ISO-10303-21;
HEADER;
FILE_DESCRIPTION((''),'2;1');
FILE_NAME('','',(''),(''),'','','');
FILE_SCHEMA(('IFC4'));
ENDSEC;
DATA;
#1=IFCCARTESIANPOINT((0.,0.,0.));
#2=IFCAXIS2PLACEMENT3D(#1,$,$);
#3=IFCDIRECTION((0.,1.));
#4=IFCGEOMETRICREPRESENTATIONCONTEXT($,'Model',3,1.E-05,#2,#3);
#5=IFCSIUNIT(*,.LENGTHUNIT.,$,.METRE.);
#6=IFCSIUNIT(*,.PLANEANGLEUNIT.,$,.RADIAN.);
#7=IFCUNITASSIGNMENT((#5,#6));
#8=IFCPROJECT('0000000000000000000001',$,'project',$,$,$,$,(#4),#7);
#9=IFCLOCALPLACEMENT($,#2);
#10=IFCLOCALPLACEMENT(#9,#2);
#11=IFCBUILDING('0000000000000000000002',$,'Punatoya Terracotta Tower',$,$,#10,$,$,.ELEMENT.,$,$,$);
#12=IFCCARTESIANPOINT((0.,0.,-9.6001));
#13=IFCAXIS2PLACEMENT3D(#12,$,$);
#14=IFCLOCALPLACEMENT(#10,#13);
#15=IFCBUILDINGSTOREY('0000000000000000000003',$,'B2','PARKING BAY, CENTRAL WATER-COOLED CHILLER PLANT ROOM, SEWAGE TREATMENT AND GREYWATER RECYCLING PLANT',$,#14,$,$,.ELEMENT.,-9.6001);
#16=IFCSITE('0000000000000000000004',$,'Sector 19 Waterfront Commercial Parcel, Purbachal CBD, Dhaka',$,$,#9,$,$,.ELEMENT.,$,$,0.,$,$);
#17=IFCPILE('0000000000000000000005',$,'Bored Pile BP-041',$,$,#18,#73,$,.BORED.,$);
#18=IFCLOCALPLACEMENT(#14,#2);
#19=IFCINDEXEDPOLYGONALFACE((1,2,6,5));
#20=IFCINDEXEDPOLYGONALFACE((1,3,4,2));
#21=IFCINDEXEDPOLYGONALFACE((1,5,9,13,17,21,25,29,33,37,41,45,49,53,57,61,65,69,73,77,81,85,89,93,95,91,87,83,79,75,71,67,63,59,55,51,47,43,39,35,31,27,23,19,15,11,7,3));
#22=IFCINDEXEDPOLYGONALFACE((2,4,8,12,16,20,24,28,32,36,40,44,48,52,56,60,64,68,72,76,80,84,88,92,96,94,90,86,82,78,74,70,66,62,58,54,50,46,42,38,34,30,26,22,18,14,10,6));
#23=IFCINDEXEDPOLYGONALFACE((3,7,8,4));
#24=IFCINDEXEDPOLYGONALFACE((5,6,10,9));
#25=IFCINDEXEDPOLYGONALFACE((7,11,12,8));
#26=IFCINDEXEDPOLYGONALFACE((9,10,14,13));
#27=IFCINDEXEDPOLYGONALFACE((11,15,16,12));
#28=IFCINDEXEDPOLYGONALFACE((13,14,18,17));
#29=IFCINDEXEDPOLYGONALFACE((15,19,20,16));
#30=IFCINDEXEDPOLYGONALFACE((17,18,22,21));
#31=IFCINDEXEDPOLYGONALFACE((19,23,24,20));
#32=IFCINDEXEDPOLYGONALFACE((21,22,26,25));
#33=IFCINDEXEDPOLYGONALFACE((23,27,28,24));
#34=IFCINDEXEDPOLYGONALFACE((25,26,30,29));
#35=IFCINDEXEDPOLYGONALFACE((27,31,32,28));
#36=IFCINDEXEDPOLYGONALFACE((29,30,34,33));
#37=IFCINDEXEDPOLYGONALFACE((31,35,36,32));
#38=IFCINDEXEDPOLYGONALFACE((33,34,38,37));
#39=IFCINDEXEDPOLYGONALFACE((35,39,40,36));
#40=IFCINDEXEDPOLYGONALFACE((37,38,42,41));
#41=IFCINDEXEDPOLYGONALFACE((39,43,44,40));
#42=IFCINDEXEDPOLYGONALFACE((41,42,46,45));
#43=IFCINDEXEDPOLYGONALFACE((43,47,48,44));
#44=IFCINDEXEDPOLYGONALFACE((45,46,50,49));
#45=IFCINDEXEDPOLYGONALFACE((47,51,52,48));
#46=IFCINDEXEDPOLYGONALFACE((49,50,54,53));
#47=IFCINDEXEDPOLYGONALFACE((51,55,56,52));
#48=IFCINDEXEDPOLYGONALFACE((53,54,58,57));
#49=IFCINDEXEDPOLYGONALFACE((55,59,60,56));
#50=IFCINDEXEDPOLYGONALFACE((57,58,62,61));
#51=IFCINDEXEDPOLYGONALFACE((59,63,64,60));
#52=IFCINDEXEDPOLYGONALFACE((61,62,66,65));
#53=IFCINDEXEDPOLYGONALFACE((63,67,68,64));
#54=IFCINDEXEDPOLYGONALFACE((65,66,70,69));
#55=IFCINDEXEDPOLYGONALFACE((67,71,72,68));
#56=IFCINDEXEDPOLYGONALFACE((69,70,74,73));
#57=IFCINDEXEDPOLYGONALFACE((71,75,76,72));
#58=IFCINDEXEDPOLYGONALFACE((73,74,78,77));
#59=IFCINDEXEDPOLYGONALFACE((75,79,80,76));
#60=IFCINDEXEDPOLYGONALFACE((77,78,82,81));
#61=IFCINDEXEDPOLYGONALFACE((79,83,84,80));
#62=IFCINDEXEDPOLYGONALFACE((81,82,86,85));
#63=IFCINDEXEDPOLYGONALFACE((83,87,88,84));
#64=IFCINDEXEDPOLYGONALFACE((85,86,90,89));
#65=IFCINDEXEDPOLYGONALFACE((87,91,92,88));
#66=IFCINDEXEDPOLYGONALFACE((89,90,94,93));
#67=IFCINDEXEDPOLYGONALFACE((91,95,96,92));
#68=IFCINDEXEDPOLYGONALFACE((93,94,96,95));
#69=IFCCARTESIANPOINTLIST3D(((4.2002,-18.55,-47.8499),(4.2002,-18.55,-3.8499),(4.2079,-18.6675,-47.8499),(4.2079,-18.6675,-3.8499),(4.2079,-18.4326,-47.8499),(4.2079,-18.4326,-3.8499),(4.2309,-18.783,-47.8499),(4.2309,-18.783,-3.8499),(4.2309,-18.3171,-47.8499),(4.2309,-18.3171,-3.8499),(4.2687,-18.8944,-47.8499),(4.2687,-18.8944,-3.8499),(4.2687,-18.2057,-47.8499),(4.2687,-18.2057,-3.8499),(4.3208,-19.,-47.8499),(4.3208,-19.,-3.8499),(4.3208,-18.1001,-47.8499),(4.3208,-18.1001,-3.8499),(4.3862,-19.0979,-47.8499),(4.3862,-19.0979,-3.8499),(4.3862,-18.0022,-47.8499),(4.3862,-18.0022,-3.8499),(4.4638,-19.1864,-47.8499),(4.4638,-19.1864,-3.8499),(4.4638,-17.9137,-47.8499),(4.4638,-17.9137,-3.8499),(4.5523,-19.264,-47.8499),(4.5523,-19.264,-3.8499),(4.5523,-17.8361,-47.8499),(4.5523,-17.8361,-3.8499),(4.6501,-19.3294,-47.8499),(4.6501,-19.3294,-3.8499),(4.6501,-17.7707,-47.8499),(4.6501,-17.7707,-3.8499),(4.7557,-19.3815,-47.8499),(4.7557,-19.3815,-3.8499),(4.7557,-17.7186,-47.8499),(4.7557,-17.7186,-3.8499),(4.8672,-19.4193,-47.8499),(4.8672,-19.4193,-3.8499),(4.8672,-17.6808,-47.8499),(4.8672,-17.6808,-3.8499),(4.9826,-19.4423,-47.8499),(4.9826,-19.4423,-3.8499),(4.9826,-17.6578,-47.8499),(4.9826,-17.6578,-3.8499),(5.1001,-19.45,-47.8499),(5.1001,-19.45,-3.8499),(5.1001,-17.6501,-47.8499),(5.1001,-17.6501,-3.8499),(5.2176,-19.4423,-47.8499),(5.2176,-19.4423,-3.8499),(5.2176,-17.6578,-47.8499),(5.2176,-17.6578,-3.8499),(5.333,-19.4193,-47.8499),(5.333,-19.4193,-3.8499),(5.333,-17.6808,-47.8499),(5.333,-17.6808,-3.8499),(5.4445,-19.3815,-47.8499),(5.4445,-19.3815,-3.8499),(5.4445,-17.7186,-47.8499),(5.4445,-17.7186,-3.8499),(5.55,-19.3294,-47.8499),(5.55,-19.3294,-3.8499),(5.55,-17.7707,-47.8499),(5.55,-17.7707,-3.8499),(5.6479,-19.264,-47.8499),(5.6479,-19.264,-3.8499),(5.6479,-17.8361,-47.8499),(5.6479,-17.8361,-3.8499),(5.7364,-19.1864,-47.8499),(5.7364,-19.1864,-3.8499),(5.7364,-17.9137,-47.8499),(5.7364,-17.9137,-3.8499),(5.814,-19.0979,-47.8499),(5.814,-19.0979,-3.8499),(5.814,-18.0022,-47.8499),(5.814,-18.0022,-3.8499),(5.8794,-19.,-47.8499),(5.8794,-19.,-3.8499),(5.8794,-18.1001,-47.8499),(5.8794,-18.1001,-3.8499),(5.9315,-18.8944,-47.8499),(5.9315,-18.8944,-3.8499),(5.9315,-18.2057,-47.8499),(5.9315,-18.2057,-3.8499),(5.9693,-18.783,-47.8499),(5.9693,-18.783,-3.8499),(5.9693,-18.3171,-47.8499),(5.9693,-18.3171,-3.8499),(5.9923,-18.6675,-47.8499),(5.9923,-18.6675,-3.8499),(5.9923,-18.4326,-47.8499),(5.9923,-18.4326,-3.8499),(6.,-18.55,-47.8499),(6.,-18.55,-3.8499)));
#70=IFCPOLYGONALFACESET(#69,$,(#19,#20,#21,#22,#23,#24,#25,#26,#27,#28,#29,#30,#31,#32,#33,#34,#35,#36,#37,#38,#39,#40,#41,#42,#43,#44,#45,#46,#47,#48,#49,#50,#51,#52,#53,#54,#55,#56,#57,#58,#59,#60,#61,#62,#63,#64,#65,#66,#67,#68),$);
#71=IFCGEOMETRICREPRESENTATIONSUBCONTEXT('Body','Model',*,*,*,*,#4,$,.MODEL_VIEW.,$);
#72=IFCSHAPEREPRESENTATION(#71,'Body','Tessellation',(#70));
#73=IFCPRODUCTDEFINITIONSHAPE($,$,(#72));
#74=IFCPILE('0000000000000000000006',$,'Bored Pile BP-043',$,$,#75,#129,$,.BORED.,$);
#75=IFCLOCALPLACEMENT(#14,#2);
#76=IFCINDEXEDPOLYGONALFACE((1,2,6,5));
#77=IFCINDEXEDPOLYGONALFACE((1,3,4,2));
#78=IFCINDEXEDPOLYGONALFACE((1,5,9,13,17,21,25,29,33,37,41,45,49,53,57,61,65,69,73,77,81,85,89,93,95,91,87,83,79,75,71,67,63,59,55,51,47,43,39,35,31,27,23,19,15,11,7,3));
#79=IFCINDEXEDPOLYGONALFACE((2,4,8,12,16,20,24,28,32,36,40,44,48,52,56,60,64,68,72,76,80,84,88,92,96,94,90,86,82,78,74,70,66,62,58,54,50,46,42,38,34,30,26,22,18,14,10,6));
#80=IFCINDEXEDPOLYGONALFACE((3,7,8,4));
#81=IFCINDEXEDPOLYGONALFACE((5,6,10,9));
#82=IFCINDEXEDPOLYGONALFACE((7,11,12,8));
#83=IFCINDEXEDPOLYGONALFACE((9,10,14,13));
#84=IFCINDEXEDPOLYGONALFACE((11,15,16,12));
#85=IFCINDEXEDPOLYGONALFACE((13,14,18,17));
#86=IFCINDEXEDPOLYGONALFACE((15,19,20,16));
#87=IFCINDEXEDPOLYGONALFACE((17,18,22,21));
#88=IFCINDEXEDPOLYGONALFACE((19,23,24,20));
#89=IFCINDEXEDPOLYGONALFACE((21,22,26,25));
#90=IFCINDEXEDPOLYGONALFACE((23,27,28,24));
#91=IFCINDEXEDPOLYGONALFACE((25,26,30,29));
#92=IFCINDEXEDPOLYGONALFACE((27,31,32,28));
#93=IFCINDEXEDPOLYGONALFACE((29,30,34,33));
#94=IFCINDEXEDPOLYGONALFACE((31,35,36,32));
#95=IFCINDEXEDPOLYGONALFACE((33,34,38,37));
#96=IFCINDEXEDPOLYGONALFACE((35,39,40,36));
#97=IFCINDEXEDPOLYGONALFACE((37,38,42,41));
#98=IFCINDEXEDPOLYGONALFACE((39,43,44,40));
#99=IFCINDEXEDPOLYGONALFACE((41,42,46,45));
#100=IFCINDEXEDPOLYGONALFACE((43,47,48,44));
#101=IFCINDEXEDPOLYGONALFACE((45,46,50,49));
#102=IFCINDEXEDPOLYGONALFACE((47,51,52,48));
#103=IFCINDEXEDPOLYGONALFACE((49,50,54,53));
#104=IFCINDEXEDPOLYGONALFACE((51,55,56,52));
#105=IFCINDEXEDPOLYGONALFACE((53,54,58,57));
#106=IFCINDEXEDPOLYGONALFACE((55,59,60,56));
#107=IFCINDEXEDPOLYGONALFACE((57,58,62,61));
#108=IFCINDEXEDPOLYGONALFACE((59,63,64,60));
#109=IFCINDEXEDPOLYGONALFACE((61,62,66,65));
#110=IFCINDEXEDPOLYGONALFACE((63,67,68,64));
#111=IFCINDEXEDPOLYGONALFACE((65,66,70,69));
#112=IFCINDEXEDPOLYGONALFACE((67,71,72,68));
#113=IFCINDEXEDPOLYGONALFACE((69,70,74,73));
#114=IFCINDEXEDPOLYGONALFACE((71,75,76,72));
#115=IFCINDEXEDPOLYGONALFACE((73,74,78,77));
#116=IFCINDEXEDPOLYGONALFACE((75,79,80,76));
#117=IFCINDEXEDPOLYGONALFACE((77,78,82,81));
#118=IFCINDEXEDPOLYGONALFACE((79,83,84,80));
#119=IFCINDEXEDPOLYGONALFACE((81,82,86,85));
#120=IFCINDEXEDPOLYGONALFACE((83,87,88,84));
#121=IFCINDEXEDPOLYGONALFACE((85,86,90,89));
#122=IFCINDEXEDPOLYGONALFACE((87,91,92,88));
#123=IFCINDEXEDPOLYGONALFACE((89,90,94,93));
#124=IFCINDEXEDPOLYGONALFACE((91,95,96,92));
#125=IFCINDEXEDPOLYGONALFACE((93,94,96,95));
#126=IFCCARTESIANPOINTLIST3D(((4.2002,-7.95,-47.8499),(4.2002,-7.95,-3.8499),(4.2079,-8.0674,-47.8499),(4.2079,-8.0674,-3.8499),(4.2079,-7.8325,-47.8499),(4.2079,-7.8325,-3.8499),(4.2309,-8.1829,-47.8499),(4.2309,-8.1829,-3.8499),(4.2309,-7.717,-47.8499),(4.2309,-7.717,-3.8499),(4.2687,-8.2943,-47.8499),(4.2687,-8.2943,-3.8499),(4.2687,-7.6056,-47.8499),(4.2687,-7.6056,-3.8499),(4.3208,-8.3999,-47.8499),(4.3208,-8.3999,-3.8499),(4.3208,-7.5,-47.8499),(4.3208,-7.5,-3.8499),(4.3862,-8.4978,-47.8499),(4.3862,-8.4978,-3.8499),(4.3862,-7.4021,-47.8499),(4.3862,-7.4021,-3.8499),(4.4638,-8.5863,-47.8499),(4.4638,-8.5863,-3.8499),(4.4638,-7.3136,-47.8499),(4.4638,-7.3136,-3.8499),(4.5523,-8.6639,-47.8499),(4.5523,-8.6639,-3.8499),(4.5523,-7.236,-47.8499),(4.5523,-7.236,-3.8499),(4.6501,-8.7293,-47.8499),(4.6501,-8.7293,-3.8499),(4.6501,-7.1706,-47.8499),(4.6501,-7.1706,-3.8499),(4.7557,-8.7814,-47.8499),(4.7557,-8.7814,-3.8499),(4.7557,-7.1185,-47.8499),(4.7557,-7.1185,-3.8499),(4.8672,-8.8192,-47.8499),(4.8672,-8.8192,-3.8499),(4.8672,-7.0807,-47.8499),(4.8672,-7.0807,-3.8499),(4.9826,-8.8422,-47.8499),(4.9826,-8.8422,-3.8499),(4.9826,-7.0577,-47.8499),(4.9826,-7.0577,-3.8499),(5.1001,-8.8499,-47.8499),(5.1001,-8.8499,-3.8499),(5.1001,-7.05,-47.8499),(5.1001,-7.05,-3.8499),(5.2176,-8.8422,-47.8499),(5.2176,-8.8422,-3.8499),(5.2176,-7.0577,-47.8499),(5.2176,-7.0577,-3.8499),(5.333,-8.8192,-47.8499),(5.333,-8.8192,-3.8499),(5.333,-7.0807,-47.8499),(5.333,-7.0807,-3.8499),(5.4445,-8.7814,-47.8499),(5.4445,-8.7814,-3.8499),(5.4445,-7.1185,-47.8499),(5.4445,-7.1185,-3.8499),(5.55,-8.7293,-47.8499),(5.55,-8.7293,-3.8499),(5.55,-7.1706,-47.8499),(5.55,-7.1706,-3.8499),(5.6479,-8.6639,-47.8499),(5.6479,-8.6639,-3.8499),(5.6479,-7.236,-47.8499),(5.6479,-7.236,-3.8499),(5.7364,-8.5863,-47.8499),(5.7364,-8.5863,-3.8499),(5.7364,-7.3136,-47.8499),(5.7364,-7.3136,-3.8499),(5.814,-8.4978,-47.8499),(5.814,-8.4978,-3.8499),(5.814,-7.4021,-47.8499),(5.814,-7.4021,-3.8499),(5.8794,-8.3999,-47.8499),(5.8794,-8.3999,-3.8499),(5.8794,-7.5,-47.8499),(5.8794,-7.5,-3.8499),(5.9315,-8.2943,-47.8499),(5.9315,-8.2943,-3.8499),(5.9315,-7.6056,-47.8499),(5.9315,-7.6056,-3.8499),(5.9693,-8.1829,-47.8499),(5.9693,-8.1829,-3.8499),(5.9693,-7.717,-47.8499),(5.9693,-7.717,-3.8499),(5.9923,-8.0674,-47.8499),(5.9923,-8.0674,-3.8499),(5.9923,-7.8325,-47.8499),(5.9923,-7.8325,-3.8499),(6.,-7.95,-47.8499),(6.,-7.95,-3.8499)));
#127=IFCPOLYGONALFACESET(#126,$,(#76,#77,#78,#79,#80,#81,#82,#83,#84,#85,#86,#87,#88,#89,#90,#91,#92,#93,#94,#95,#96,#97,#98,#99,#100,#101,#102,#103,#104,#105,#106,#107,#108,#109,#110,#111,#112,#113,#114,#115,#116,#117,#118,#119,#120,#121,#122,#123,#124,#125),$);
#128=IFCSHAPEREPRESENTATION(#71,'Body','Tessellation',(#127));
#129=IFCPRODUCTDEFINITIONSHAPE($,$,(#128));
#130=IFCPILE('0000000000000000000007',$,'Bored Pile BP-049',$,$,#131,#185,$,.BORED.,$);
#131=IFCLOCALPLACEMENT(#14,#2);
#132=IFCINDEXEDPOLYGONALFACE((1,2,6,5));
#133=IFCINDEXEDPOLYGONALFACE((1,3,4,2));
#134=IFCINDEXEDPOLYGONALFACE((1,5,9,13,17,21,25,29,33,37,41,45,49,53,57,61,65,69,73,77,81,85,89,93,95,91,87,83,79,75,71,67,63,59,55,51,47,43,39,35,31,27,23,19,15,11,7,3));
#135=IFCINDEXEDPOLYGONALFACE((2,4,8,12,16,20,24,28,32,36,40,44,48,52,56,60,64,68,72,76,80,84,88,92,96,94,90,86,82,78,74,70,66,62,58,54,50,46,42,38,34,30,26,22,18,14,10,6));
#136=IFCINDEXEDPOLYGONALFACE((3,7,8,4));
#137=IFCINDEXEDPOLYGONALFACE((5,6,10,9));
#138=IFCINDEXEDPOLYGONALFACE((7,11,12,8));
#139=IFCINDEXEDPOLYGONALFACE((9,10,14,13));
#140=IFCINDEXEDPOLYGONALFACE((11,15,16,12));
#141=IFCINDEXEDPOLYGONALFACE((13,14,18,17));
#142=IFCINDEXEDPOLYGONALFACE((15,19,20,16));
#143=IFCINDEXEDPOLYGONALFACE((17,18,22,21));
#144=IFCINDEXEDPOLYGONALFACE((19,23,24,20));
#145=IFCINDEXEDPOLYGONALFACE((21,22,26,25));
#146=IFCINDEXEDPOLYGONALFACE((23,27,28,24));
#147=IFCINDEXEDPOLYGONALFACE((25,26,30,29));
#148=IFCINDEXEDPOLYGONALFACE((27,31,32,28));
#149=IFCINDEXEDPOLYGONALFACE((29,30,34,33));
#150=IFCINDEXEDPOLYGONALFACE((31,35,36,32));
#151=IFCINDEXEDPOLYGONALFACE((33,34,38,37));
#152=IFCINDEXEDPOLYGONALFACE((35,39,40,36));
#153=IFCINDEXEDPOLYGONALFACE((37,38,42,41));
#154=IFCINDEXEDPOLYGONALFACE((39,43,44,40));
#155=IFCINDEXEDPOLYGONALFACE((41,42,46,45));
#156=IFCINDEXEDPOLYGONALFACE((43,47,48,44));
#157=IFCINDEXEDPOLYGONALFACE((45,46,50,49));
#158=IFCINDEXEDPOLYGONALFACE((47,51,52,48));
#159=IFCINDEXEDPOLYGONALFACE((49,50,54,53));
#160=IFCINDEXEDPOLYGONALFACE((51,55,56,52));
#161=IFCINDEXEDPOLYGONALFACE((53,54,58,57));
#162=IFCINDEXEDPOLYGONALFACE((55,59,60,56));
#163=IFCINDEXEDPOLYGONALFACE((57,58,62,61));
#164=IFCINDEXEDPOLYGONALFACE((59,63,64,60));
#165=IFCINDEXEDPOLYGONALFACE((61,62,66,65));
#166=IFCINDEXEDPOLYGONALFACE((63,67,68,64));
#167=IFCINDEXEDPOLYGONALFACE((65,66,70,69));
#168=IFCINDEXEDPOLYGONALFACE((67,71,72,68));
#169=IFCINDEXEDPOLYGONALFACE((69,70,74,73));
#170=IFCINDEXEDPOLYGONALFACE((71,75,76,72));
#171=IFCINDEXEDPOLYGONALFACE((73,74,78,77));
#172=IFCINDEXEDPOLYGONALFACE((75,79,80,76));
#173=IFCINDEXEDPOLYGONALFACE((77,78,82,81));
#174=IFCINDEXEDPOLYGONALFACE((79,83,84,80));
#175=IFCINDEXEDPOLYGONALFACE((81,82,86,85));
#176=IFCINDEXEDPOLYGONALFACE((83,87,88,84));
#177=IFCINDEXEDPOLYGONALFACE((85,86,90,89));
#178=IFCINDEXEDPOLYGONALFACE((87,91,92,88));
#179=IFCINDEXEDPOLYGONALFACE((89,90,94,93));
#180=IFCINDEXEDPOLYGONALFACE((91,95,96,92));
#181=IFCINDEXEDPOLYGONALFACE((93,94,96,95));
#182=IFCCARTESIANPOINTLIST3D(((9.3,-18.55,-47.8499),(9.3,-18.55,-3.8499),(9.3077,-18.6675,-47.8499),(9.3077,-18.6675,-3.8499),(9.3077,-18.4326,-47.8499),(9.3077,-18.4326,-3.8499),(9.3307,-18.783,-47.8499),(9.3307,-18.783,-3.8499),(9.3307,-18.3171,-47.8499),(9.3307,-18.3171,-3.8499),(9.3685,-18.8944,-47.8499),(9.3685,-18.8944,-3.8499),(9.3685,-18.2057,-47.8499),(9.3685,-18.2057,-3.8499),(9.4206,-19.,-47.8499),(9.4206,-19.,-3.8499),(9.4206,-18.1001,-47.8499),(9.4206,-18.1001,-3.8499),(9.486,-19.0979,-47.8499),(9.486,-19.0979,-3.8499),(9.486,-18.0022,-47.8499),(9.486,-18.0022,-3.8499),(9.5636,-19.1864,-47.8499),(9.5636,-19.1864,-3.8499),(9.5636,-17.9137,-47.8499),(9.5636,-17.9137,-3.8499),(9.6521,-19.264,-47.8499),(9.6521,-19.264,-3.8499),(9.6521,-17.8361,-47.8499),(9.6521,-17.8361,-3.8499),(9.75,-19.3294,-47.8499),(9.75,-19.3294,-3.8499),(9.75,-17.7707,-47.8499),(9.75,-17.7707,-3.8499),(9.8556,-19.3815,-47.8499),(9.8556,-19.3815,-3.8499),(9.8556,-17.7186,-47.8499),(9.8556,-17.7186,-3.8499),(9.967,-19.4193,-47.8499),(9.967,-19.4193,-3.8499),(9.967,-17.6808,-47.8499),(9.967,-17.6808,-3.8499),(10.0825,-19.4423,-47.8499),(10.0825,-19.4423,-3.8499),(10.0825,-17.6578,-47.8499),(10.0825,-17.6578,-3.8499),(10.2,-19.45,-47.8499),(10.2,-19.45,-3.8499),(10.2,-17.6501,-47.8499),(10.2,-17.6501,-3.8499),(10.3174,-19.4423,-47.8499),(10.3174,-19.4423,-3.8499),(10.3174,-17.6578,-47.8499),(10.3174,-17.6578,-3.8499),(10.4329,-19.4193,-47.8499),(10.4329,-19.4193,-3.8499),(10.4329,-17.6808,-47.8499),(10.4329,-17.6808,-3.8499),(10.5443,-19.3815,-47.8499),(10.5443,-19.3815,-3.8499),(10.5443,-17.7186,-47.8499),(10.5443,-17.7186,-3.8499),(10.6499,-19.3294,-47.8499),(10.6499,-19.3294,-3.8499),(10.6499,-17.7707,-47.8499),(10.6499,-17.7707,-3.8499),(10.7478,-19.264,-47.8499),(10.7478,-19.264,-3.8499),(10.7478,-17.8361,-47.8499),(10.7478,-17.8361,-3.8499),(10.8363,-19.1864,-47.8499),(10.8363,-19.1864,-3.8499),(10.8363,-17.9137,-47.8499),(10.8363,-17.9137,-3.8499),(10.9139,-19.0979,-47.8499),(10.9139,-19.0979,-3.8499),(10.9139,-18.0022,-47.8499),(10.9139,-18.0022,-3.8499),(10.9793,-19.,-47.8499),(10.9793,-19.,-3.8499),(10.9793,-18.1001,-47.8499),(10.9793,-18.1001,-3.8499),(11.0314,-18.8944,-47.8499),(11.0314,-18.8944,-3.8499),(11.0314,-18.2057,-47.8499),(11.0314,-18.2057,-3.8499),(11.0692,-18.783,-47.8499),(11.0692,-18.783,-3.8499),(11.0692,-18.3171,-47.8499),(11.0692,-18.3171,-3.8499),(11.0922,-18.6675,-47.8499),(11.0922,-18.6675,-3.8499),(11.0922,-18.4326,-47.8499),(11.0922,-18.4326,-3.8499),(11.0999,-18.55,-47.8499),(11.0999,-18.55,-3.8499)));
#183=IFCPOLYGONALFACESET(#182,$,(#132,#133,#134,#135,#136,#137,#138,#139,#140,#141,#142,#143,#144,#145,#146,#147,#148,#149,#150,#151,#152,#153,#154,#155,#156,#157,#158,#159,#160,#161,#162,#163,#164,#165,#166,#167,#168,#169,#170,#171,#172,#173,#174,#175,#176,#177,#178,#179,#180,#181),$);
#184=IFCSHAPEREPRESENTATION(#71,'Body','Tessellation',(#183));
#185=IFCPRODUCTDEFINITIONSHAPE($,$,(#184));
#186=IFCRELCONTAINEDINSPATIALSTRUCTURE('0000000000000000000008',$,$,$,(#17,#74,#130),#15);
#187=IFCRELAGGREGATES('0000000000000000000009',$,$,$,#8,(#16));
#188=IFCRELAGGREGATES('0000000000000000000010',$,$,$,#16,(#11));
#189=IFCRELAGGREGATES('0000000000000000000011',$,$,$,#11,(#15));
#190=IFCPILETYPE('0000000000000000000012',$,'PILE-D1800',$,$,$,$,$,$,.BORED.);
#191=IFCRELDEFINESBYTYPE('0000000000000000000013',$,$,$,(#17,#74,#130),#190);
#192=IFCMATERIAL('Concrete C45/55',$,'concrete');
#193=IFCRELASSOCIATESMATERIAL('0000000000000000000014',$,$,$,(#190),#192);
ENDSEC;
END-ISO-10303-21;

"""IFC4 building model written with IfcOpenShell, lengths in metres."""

from ifc_helpers import new_model, si_unit, direction, frame, origin, origin_2d, place, context, subcontext, project, spatial, circle, extrude, material, material_profile, profile_set, type_object, element, save


model = new_model("IFC4")

# Units and contexts
model_context = context("Model", 3, precision=1e-05, world=origin(), true_north=direction((0.0, 1.0)))
body_context = subcontext(model_context, "Body", "Model", "MODEL_VIEW")
ifc_project = project(units=[si_unit("LENGTHUNIT", "METRE"), si_unit("PLANEANGLEUNIT", "RADIAN")], contexts=[model_context])

# Site, building, storey
site_placement = place(None, origin())
site = spatial("IfcSite", under=ifc_project, at=site_placement, Name="Sector 19 Waterfront Commercial Parcel, Purbachal CBD, Dhaka", CompositionType="ELEMENT", RefElevation=0.0)
building_placement = place(site_placement, origin())
building = spatial("IfcBuilding", under=site, at=building_placement, Name="Punatoya Terracotta Tower", CompositionType="ELEMENT")
storey_placement = place(building_placement, frame((0.0, 0.0, -9.6001)))
storey = spatial("IfcBuildingStorey", under=building, at=storey_placement, Name="B2", Description="PARKING BAY, CENTRAL WATER-COOLED CHILLER PLANT ROOM, SEWAGE TREATMENT AND GREYWATER RECYCLING PLANT", CompositionType="ELEMENT", Elevation=-9.6001)

# Shared definitions
ifc_material_1 = material(Name="Concrete C45/55", Category="concrete")

# Piles
ifc_material_profile_1 = material_profile(ifc_material_1, circle(Radius=0.8999, at=origin_2d()))
ifc_profile_set_1 = profile_set([ifc_material_profile_1], Name="Concrete C45/55")
pile_type_1 = type_object("IfcPileType", Name="PILE-D1800", PredefinedType="BORED", material=ifc_profile_set_1)
for number, where, z_axis, x_axis, name in (
    (1, (5.1001, -18.55, -3.8499), (0.0, 0.0, -1.0), (1.0, 0.0, 0.0), "Bored Pile BP-041"),
    (2, (5.1001, -7.95, -3.8499), (0.0, 0.0, -1.0), (1.0, 0.0, 0.0), "Bored Pile BP-043"),
    (3, (10.2, -18.55, -3.8499), (0.0, 0.0, -1.0), (1.0, 0.0, 0.0), "Bored Pile BP-049"),
):
    element("IfcPile", number, at=place(storey_placement, frame(where, z_axis=z_axis, x_axis=x_axis)), inside=storey, type_object=pile_type_1, Name=name, PredefinedType="BORED", context=body_context, shape_type="SweptSolid", body=[
        extrude(circle(Radius=0.8999, at=origin_2d()), origin(), (0.0, 0.0, 1.0), 44.0),
    ])

save(model, "model.ifc")
